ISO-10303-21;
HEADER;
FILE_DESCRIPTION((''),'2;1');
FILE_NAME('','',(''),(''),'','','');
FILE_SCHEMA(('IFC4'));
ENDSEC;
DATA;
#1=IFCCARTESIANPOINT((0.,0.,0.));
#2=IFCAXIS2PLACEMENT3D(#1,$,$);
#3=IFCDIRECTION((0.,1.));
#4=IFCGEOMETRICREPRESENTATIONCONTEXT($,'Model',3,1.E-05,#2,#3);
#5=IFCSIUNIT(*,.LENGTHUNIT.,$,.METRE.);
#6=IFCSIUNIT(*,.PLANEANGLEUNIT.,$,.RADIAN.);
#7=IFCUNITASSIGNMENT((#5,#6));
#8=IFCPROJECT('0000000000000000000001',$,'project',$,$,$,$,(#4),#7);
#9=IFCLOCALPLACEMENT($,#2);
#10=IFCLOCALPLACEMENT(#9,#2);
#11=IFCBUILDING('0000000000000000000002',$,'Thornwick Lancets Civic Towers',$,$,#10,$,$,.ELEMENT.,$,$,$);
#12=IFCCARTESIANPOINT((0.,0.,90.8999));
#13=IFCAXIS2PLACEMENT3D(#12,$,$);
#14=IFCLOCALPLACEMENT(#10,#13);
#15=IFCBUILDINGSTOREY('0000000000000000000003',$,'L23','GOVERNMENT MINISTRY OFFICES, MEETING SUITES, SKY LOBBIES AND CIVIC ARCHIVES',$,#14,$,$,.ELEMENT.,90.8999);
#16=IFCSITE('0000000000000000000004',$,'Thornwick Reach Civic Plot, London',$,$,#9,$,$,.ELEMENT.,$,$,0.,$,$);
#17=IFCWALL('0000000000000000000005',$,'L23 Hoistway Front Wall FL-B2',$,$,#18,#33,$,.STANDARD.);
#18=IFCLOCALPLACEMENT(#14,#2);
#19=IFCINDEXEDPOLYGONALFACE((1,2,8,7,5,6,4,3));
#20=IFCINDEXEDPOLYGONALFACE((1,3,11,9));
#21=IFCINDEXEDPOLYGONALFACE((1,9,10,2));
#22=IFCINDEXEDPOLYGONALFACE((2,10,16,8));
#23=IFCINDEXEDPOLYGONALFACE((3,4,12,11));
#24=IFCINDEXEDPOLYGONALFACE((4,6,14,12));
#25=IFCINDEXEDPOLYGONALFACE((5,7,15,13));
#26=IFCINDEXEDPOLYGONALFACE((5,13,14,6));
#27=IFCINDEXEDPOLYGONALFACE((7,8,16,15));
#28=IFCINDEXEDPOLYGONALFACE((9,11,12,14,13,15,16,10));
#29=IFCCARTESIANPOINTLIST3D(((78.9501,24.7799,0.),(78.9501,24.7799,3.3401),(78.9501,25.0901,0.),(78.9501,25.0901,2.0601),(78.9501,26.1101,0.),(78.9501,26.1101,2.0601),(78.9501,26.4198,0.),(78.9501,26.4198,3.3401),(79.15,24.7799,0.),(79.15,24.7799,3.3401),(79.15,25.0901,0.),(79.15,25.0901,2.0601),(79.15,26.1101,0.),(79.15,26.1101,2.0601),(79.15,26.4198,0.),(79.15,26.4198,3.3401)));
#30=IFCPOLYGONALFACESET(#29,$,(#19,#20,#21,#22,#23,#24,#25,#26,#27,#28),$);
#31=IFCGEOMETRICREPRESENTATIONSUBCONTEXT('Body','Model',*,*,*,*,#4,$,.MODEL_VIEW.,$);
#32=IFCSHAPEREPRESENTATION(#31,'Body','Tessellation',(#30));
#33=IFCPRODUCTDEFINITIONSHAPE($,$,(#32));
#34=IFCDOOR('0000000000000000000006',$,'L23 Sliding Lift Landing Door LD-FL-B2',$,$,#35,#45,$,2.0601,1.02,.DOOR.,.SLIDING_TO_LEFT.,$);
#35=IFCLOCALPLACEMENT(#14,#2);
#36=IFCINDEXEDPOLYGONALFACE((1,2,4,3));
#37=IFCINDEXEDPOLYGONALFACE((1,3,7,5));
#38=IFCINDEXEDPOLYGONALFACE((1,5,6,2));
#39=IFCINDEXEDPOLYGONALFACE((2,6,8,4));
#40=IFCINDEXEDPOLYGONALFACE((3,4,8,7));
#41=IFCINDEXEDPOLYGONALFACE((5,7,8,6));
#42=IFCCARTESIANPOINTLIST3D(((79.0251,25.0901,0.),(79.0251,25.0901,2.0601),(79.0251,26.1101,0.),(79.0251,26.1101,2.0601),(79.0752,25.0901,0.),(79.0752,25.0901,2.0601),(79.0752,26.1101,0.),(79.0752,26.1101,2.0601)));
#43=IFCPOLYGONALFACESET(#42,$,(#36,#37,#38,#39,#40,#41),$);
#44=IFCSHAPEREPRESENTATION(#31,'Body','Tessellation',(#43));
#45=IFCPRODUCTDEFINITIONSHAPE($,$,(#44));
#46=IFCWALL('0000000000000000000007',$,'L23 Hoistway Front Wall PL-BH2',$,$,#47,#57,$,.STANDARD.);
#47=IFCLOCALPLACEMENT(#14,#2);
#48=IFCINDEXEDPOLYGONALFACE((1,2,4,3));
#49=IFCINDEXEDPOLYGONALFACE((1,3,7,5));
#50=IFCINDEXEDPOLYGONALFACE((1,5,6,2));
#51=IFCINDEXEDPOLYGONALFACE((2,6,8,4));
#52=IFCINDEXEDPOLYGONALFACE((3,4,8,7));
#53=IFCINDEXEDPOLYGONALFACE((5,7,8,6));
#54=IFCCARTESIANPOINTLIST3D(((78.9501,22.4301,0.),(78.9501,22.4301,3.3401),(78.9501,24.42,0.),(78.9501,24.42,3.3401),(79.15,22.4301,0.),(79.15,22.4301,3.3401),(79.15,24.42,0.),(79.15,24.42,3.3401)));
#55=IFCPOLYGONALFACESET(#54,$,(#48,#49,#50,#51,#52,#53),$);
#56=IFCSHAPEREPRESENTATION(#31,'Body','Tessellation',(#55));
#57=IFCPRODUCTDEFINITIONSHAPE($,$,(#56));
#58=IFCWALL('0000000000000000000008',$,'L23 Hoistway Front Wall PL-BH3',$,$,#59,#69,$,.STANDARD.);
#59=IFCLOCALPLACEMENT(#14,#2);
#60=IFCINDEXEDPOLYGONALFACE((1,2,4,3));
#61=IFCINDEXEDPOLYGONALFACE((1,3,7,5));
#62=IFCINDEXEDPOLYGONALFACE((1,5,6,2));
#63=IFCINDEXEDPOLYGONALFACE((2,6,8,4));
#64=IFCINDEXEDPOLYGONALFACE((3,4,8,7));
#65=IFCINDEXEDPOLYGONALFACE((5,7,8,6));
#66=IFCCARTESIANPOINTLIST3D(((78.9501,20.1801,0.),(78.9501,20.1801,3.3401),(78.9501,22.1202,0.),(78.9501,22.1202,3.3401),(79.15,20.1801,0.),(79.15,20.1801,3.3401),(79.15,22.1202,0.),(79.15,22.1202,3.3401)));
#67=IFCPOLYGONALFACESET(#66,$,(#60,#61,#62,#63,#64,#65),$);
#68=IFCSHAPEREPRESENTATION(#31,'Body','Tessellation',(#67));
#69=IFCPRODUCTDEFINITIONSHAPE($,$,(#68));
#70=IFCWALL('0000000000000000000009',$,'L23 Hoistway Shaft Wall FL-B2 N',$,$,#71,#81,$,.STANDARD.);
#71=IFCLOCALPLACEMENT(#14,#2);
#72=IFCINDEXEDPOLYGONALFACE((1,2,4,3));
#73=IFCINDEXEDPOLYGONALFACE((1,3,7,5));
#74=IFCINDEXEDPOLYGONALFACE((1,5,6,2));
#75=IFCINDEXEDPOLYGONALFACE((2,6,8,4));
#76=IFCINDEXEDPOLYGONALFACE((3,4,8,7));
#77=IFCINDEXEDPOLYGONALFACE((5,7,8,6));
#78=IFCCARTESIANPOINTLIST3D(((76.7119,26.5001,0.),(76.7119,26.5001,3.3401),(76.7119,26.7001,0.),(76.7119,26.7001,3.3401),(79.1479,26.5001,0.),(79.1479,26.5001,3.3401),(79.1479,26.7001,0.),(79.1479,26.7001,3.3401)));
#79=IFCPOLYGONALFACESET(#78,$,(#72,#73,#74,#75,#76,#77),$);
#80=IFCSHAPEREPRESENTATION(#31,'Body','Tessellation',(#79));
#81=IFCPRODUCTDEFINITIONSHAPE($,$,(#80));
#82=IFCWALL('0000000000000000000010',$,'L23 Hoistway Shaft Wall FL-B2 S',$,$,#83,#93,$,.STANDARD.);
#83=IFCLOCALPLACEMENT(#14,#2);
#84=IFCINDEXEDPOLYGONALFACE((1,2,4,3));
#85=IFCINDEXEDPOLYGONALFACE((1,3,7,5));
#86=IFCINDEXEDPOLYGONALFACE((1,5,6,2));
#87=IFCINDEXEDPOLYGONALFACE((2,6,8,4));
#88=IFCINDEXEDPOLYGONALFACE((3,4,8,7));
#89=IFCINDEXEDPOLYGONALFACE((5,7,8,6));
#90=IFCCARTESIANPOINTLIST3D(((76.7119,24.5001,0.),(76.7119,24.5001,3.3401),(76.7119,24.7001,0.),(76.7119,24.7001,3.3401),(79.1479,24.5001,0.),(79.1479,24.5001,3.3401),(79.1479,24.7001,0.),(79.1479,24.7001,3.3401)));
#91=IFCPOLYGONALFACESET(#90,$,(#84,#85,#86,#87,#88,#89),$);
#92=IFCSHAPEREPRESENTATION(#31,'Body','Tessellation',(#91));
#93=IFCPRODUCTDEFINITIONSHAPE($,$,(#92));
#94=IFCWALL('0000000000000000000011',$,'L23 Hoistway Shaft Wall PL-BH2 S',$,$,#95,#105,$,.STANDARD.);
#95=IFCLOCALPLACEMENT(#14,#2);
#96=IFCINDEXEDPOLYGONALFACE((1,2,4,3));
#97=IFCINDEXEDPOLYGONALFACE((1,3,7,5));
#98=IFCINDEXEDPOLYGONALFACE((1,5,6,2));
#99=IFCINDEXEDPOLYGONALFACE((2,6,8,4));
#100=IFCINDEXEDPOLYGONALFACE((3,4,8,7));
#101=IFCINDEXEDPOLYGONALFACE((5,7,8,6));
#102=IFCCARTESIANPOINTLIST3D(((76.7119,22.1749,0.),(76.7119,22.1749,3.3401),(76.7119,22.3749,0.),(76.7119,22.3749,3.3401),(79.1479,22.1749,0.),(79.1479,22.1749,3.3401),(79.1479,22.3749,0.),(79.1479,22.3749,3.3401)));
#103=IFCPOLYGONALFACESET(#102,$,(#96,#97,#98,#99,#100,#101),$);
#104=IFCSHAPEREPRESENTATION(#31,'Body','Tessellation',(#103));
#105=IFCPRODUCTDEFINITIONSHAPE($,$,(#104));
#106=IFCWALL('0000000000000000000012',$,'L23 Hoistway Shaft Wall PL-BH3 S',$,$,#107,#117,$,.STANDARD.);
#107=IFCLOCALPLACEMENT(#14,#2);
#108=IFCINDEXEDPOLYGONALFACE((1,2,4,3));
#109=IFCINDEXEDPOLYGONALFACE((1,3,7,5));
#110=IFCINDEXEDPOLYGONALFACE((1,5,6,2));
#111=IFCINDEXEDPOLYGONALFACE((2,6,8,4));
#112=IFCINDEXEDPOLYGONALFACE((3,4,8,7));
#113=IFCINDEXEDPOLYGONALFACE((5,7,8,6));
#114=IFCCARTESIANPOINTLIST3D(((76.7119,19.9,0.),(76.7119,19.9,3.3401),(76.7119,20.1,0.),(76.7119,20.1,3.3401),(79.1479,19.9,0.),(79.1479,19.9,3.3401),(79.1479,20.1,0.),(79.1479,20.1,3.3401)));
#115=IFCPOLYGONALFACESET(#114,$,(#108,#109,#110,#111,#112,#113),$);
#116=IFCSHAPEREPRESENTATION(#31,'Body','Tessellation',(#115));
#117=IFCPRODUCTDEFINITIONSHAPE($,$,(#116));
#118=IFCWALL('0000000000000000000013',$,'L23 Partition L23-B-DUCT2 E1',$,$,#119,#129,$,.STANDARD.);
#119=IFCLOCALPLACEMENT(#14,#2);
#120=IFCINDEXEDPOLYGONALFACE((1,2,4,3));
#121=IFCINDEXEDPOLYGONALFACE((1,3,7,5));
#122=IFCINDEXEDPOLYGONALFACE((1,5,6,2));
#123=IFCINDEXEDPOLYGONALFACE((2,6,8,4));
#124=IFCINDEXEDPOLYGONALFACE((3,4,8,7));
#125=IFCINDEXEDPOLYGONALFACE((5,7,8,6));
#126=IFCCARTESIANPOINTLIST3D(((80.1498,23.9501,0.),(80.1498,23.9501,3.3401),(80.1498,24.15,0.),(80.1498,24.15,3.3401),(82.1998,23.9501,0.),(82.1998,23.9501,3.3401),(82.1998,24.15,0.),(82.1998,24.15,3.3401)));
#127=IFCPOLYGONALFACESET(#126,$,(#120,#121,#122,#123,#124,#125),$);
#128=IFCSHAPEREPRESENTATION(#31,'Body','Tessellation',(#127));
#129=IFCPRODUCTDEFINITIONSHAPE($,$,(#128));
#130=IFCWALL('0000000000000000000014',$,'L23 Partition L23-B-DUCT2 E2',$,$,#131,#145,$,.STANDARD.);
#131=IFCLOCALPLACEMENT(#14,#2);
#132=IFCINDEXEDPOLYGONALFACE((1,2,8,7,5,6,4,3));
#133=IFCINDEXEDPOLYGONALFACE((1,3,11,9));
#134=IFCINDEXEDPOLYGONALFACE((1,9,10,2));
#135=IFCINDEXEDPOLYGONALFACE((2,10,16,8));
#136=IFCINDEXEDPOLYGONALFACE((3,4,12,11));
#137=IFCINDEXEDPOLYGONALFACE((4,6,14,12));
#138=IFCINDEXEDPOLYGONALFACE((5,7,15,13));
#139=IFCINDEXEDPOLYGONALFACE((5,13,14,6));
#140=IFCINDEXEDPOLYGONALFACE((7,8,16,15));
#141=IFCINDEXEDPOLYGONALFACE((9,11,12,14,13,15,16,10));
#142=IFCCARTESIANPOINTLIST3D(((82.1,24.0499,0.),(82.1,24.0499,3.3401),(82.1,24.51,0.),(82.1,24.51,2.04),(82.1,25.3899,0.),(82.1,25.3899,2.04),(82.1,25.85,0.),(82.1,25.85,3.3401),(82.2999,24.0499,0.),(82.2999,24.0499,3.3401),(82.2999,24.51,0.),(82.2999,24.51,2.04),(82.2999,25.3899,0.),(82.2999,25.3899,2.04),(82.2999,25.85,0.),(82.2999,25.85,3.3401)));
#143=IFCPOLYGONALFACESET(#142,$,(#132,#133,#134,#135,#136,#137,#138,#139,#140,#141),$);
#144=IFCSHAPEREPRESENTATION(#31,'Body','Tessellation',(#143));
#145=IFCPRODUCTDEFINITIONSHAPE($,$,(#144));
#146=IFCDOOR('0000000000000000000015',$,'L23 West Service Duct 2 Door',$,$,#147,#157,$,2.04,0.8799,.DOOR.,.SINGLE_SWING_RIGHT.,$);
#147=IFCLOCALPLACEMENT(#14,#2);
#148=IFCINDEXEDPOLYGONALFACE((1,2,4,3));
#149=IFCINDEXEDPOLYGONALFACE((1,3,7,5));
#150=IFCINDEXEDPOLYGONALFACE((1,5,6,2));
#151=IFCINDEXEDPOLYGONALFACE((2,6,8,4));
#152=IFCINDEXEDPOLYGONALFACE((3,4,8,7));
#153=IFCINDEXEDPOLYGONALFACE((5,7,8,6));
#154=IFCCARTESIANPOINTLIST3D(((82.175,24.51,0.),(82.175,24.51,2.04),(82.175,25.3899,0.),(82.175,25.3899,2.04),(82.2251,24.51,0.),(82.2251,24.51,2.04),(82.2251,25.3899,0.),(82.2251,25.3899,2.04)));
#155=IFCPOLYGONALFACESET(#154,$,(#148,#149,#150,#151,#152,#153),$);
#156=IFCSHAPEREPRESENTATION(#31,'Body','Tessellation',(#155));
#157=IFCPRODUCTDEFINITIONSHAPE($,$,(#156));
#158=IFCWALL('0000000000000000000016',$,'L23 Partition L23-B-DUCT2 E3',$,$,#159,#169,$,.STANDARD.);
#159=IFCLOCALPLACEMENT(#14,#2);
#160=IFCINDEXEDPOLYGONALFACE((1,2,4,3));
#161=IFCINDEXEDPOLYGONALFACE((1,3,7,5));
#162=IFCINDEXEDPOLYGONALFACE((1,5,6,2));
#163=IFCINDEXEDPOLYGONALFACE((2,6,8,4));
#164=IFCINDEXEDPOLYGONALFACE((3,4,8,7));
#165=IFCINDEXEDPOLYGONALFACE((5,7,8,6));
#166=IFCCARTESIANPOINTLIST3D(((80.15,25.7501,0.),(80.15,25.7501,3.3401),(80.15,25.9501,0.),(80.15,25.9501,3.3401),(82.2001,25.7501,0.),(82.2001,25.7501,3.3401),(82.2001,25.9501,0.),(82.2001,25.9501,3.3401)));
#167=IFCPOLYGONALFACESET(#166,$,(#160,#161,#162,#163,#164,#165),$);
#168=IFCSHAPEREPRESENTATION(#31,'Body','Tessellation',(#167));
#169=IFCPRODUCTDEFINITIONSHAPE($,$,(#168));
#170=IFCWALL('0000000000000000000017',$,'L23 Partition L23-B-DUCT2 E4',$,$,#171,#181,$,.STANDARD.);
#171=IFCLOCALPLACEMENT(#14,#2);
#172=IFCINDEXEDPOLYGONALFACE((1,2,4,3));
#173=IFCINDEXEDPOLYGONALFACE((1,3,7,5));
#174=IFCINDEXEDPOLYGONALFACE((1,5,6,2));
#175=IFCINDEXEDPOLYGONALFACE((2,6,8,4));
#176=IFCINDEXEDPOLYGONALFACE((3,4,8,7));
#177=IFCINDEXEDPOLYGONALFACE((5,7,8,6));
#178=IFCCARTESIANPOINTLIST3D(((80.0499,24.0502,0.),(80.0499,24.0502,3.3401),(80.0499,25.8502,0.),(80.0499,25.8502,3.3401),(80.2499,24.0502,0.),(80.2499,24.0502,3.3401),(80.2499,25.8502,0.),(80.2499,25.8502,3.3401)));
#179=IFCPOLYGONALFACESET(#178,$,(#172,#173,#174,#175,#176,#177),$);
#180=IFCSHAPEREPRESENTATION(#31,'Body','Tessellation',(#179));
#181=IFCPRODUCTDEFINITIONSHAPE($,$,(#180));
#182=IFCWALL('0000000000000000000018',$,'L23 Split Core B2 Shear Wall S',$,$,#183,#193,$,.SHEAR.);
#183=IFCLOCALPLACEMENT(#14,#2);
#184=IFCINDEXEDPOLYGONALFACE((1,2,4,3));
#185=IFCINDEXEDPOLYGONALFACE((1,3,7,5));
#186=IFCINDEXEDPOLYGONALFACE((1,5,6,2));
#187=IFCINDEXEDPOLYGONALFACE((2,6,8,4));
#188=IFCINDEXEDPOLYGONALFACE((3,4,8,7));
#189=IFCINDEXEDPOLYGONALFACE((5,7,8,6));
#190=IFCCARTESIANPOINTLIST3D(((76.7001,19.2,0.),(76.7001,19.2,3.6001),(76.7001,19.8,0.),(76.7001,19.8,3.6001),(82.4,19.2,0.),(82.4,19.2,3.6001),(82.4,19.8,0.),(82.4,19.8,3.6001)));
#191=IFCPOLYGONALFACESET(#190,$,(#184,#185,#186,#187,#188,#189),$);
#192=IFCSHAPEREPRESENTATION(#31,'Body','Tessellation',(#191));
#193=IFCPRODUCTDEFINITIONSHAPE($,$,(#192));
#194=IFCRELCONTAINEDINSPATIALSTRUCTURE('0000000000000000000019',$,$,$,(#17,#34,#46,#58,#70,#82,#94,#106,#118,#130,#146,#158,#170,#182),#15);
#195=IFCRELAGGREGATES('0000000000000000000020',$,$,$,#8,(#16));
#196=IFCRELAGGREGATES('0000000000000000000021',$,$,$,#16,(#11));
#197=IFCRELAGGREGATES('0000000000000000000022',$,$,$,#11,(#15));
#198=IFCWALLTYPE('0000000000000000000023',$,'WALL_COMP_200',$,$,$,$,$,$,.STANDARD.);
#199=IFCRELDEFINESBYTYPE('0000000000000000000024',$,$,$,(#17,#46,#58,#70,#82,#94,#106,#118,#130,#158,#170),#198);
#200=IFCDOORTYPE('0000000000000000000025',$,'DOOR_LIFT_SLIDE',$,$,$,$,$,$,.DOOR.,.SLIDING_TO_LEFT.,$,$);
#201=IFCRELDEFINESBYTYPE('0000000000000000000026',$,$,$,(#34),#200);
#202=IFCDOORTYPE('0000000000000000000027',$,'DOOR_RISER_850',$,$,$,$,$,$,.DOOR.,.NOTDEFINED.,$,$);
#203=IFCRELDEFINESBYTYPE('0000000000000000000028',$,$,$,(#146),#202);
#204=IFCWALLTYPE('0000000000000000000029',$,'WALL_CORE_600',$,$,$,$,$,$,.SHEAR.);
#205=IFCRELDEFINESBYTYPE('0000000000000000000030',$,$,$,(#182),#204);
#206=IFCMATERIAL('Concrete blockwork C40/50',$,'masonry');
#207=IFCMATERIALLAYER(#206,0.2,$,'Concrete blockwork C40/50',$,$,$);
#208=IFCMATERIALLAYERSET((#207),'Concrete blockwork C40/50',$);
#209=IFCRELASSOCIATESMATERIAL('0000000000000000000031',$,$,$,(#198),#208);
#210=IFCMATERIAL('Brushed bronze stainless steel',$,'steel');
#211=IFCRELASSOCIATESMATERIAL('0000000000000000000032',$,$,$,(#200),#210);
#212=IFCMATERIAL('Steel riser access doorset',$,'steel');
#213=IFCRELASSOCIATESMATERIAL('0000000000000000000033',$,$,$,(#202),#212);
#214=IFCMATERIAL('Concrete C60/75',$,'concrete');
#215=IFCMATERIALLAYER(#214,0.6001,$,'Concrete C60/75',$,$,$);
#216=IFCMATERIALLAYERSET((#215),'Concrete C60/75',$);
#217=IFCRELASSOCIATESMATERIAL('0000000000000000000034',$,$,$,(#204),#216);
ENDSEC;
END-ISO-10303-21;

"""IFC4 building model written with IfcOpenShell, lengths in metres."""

from ifc_helpers import new_model, si_unit, direction, frame, frame_2d, origin, place, context, subcontext, project, spatial, rectangle, extrude, material, layer, layer_set, type_object, element, fill, save


model = new_model("IFC4")

# Units and contexts
model_context = context("Model", 3, precision=1e-05, world=origin(), true_north=direction((0.0, 1.0)))
body_context = subcontext(model_context, "Body", "Model", "MODEL_VIEW")
ifc_project = project(units=[si_unit("LENGTHUNIT", "METRE"), si_unit("PLANEANGLEUNIT", "RADIAN")], contexts=[model_context])

# Site, building, storey
site_placement = place(None, origin())
site = spatial("IfcSite", under=ifc_project, at=site_placement, Name="Thornwick Reach Civic Plot, London", CompositionType="ELEMENT", RefElevation=0.0)
building_placement = place(site_placement, origin())
building = spatial("IfcBuilding", under=site, at=building_placement, Name="Thornwick Lancets Civic Towers", CompositionType="ELEMENT")
storey_placement = place(building_placement, frame((0.0, 0.0, 90.8999)))
storey = spatial("IfcBuildingStorey", under=building, at=storey_placement, Name="L23", Description="GOVERNMENT MINISTRY OFFICES, MEETING SUITES, SKY LOBBIES AND CIVIC ARCHIVES", CompositionType="ELEMENT", Elevation=90.8999)

# Wall, opening, door
ifc_material_1 = material(Name="Concrete blockwork C40/50", Category="masonry")
ifc_layer_1 = layer(ifc_material_1, 0.2, Name="Concrete blockwork C40/50")
ifc_layer_set_1 = layer_set([ifc_layer_1], Name="Concrete blockwork C40/50")
wall_type_1 = type_object("IfcWallType", Name="WALL_COMP_200", PredefinedType="STANDARD", material=ifc_layer_set_1)
wall_1_placement = place(storey_placement, frame((79.05, 24.78, 0.0), z_axis=(0.0, 0.0, 1.0), x_axis=(0.0, 1.0, 0.0)))
wall_1 = element("IfcWall", 1, at=wall_1_placement, inside=storey, type_object=wall_type_1, Name="L23 Hoistway Front Wall FL-B2", PredefinedType="STANDARD", context=body_context, shape_type="SweptSolid", body=[
    extrude(rectangle(XDim=1.6399, YDim=0.2, at=frame_2d((0.8198, 0.0))), origin(), (0.0, 0.0, 1.0), 3.3401),
])
opening_1_placement = place(wall_1_placement, frame((0.3101, 0.0, 0.0)))
opening_1 = element("IfcOpeningElement", 2, at=opening_1_placement, cuts=wall_1, PredefinedType="OPENING", context=body_context, shape_type="SweptSolid", body=[
    extrude(rectangle(XDim=1.02, YDim=2.0601, at=frame_2d((0.51, 1.03))), frame((0.0, 0.1099, 0.0), z_axis=(0.0, -1.0, 0.0), x_axis=(1.0, 0.0, 0.0)), (0.0, 0.0, 1.0), 0.22),
])
ifc_material_2 = material(Name="Brushed bronze stainless steel", Category="steel")
door_type_1 = type_object("IfcDoorType", Name="DOOR_LIFT_SLIDE", OperationType="SLIDING_TO_LEFT", PredefinedType="DOOR", material=ifc_material_2)
door_1_placement = place(opening_1_placement, origin())
door_1 = element("IfcDoor", 3, at=door_1_placement, inside=storey, type_object=door_type_1, Name="L23 Sliding Lift Landing Door LD-FL-B2", OperationType="SLIDING_TO_LEFT", OverallHeight=2.0601, OverallWidth=1.02, PredefinedType="DOOR", context=body_context, shape_type="SweptSolid", body=[
    extrude(rectangle(XDim=1.02, YDim=2.0601, at=frame_2d((0.51, 1.03))), frame((0.0, 0.0249, 0.0), z_axis=(0.0, -1.0, 0.0), x_axis=(1.0, 0.0, 0.0)), (0.0, 0.0, 1.0), 0.05),
])
fill(opening_1, door_1)

# Walls
wall_2_placement = place(storey_placement, frame((79.05, 22.4299, 0.0), z_axis=(0.0, 0.0, 1.0), x_axis=(0.0, 1.0, 0.0)))
element("IfcWall", 4, at=wall_2_placement, inside=storey, type_object=wall_type_1, Name="L23 Hoistway Front Wall PL-BH2", PredefinedType="STANDARD", context=body_context, shape_type="SweptSolid", body=[
    extrude(rectangle(XDim=1.99, YDim=0.2, at=frame_2d((0.9951, 0.0))), origin(), (0.0, 0.0, 1.0), 3.3401),
])
wall_3_placement = place(storey_placement, frame((79.05, 20.1799, 0.0), z_axis=(0.0, 0.0, 1.0), x_axis=(0.0, 1.0, 0.0)))
element("IfcWall", 5, at=wall_3_placement, inside=storey, type_object=wall_type_1, Name="L23 Hoistway Front Wall PL-BH3", PredefinedType="STANDARD", context=body_context, shape_type="SweptSolid", body=[
    extrude(rectangle(XDim=1.9402, YDim=0.2, at=frame_2d((0.9702, 0.0))), origin(), (0.0, 0.0, 1.0), 3.3401),
])
for number, where, z_axis, x_axis, name in (
    (6, (76.7119, 26.6001, 0.0), (0.0, 0.0, 1.0), (1.0, 0.0, 0.0), "L23 Hoistway Shaft Wall FL-B2 N"),
    (7, (76.7119, 24.6001, 0.0), (0.0, 0.0, 1.0), (1.0, 0.0, 0.0), "L23 Hoistway Shaft Wall FL-B2 S"),
    (8, (76.7119, 22.2749, 0.0), (0.0, 0.0, 1.0), (1.0, 0.0, 0.0), "L23 Hoistway Shaft Wall PL-BH2 S"),
    (9, (76.7119, 20.0, 0.0), (0.0, 0.0, 1.0), (1.0, 0.0, 0.0), "L23 Hoistway Shaft Wall PL-BH3 S"),
):
    element("IfcWall", number, at=place(storey_placement, frame(where, z_axis=z_axis, x_axis=x_axis)), inside=storey, type_object=wall_type_1, Name=name, PredefinedType="STANDARD", context=body_context, shape_type="SweptSolid", body=[
        extrude(rectangle(XDim=2.436, YDim=0.2, at=frame_2d((1.218, 0.0))), origin(), (0.0, 0.0, 1.0), 3.3401),
    ])
wall_4_placement = place(storey_placement, frame((80.1499, 24.05, 0.0), z_axis=(0.0, 0.0, 1.0), x_axis=(1.0, 0.0, 0.0)))
element("IfcWall", 10, at=wall_4_placement, inside=storey, type_object=wall_type_1, Name="L23 Partition L23-B-DUCT2 E1", PredefinedType="STANDARD", context=body_context, shape_type="SweptSolid", body=[
    extrude(rectangle(XDim=2.05, YDim=0.2, at=frame_2d((1.0249, 0.0))), origin(), (0.0, 0.0, 1.0), 3.3401),
])

# Wall, opening, door
wall_5_placement = place(storey_placement, frame((82.2, 24.05, 0.0), z_axis=(0.0, 0.0, 1.0), x_axis=(0.0, 1.0, 0.0)))
wall_5 = element("IfcWall", 11, at=wall_5_placement, inside=storey, type_object=wall_type_1, Name="L23 Partition L23-B-DUCT2 E2", PredefinedType="STANDARD", context=body_context, shape_type="SweptSolid", body=[
    extrude(rectangle(XDim=1.8, YDim=0.2, at=frame_2d((0.8999, 0.0))), origin(), (0.0, 0.0, 1.0), 3.3401),
])
opening_2_placement = place(wall_5_placement, frame((0.46, 0.0, 0.0)))
opening_2 = element("IfcOpeningElement", 12, at=opening_2_placement, cuts=wall_5, PredefinedType="OPENING", context=body_context, shape_type="SweptSolid", body=[
    extrude(rectangle(XDim=0.8799, YDim=2.04, at=frame_2d((0.4399, 1.02))), frame((0.0, 0.1099, 0.0), z_axis=(0.0, -1.0, 0.0), x_axis=(1.0, 0.0, 0.0)), (0.0, 0.0, 1.0), 0.22),
])
ifc_material_3 = material(Name="Steel riser access doorset", Category="steel")
door_type_2 = type_object("IfcDoorType", Name="DOOR_RISER_850", OperationType="NOTDEFINED", PredefinedType="DOOR", material=ifc_material_3)
door_2_placement = place(opening_2_placement, origin())
door_2 = element("IfcDoor", 13, at=door_2_placement, inside=storey, type_object=door_type_2, Name="L23 West Service Duct 2 Door", OperationType="SINGLE_SWING_RIGHT", OverallHeight=2.04, OverallWidth=0.8799, PredefinedType="DOOR", context=body_context, shape_type="SweptSolid", body=[
    extrude(rectangle(XDim=0.8799, YDim=2.04, at=frame_2d((0.4399, 1.02))), frame((0.0, 0.0249, 0.0), z_axis=(0.0, -1.0, 0.0), x_axis=(1.0, 0.0, 0.0)), (0.0, 0.0, 1.0), 0.05),
])
fill(opening_2, door_2)

# Walls
wall_6_placement = place(storey_placement, frame((82.2, 25.8501, 0.0), z_axis=(0.0, 0.0, 1.0), x_axis=(-1.0, 0.0, 0.0)))
element("IfcWall", 14, at=wall_6_placement, inside=storey, type_object=wall_type_1, Name="L23 Partition L23-B-DUCT2 E3", PredefinedType="STANDARD", context=body_context, shape_type="SweptSolid", body=[
    extrude(rectangle(XDim=2.05, YDim=0.2, at=frame_2d((1.0249, 0.0))), origin(), (0.0, 0.0, 1.0), 3.3401),
])
wall_7_placement = place(storey_placement, frame((80.1499, 25.8501, 0.0), z_axis=(0.0, 0.0, 1.0), x_axis=(0.0, -1.0, 0.0)))
element("IfcWall", 15, at=wall_7_placement, inside=storey, type_object=wall_type_1, Name="L23 Partition L23-B-DUCT2 E4", PredefinedType="STANDARD", context=body_context, shape_type="SweptSolid", body=[
    extrude(rectangle(XDim=1.8, YDim=0.2, at=frame_2d((0.8999, 0.0))), origin(), (0.0, 0.0, 1.0), 3.3401),
])
ifc_material_4 = material(Name="Concrete C60/75", Category="concrete")
ifc_layer_2 = layer(ifc_material_4, 0.6001, Name="Concrete C60/75")
ifc_layer_set_2 = layer_set([ifc_layer_2], Name="Concrete C60/75")
wall_type_2 = type_object("IfcWallType", Name="WALL_CORE_600", PredefinedType="SHEAR", material=ifc_layer_set_2)
wall_8_placement = place(storey_placement, frame((76.7, 19.5, 0.0), z_axis=(0.0, 0.0, 1.0), x_axis=(1.0, 0.0, 0.0)))
element("IfcWall", 16, at=wall_8_placement, inside=storey, type_object=wall_type_2, Name="L23 Split Core B2 Shear Wall S", PredefinedType="SHEAR", context=body_context, shape_type="SweptSolid", body=[
    extrude(rectangle(XDim=5.7, YDim=0.6001, at=frame_2d((2.8501, 0.0))), origin(), (0.0, 0.0, 1.0), 3.6001),
])

save(model, "model.ifc")
